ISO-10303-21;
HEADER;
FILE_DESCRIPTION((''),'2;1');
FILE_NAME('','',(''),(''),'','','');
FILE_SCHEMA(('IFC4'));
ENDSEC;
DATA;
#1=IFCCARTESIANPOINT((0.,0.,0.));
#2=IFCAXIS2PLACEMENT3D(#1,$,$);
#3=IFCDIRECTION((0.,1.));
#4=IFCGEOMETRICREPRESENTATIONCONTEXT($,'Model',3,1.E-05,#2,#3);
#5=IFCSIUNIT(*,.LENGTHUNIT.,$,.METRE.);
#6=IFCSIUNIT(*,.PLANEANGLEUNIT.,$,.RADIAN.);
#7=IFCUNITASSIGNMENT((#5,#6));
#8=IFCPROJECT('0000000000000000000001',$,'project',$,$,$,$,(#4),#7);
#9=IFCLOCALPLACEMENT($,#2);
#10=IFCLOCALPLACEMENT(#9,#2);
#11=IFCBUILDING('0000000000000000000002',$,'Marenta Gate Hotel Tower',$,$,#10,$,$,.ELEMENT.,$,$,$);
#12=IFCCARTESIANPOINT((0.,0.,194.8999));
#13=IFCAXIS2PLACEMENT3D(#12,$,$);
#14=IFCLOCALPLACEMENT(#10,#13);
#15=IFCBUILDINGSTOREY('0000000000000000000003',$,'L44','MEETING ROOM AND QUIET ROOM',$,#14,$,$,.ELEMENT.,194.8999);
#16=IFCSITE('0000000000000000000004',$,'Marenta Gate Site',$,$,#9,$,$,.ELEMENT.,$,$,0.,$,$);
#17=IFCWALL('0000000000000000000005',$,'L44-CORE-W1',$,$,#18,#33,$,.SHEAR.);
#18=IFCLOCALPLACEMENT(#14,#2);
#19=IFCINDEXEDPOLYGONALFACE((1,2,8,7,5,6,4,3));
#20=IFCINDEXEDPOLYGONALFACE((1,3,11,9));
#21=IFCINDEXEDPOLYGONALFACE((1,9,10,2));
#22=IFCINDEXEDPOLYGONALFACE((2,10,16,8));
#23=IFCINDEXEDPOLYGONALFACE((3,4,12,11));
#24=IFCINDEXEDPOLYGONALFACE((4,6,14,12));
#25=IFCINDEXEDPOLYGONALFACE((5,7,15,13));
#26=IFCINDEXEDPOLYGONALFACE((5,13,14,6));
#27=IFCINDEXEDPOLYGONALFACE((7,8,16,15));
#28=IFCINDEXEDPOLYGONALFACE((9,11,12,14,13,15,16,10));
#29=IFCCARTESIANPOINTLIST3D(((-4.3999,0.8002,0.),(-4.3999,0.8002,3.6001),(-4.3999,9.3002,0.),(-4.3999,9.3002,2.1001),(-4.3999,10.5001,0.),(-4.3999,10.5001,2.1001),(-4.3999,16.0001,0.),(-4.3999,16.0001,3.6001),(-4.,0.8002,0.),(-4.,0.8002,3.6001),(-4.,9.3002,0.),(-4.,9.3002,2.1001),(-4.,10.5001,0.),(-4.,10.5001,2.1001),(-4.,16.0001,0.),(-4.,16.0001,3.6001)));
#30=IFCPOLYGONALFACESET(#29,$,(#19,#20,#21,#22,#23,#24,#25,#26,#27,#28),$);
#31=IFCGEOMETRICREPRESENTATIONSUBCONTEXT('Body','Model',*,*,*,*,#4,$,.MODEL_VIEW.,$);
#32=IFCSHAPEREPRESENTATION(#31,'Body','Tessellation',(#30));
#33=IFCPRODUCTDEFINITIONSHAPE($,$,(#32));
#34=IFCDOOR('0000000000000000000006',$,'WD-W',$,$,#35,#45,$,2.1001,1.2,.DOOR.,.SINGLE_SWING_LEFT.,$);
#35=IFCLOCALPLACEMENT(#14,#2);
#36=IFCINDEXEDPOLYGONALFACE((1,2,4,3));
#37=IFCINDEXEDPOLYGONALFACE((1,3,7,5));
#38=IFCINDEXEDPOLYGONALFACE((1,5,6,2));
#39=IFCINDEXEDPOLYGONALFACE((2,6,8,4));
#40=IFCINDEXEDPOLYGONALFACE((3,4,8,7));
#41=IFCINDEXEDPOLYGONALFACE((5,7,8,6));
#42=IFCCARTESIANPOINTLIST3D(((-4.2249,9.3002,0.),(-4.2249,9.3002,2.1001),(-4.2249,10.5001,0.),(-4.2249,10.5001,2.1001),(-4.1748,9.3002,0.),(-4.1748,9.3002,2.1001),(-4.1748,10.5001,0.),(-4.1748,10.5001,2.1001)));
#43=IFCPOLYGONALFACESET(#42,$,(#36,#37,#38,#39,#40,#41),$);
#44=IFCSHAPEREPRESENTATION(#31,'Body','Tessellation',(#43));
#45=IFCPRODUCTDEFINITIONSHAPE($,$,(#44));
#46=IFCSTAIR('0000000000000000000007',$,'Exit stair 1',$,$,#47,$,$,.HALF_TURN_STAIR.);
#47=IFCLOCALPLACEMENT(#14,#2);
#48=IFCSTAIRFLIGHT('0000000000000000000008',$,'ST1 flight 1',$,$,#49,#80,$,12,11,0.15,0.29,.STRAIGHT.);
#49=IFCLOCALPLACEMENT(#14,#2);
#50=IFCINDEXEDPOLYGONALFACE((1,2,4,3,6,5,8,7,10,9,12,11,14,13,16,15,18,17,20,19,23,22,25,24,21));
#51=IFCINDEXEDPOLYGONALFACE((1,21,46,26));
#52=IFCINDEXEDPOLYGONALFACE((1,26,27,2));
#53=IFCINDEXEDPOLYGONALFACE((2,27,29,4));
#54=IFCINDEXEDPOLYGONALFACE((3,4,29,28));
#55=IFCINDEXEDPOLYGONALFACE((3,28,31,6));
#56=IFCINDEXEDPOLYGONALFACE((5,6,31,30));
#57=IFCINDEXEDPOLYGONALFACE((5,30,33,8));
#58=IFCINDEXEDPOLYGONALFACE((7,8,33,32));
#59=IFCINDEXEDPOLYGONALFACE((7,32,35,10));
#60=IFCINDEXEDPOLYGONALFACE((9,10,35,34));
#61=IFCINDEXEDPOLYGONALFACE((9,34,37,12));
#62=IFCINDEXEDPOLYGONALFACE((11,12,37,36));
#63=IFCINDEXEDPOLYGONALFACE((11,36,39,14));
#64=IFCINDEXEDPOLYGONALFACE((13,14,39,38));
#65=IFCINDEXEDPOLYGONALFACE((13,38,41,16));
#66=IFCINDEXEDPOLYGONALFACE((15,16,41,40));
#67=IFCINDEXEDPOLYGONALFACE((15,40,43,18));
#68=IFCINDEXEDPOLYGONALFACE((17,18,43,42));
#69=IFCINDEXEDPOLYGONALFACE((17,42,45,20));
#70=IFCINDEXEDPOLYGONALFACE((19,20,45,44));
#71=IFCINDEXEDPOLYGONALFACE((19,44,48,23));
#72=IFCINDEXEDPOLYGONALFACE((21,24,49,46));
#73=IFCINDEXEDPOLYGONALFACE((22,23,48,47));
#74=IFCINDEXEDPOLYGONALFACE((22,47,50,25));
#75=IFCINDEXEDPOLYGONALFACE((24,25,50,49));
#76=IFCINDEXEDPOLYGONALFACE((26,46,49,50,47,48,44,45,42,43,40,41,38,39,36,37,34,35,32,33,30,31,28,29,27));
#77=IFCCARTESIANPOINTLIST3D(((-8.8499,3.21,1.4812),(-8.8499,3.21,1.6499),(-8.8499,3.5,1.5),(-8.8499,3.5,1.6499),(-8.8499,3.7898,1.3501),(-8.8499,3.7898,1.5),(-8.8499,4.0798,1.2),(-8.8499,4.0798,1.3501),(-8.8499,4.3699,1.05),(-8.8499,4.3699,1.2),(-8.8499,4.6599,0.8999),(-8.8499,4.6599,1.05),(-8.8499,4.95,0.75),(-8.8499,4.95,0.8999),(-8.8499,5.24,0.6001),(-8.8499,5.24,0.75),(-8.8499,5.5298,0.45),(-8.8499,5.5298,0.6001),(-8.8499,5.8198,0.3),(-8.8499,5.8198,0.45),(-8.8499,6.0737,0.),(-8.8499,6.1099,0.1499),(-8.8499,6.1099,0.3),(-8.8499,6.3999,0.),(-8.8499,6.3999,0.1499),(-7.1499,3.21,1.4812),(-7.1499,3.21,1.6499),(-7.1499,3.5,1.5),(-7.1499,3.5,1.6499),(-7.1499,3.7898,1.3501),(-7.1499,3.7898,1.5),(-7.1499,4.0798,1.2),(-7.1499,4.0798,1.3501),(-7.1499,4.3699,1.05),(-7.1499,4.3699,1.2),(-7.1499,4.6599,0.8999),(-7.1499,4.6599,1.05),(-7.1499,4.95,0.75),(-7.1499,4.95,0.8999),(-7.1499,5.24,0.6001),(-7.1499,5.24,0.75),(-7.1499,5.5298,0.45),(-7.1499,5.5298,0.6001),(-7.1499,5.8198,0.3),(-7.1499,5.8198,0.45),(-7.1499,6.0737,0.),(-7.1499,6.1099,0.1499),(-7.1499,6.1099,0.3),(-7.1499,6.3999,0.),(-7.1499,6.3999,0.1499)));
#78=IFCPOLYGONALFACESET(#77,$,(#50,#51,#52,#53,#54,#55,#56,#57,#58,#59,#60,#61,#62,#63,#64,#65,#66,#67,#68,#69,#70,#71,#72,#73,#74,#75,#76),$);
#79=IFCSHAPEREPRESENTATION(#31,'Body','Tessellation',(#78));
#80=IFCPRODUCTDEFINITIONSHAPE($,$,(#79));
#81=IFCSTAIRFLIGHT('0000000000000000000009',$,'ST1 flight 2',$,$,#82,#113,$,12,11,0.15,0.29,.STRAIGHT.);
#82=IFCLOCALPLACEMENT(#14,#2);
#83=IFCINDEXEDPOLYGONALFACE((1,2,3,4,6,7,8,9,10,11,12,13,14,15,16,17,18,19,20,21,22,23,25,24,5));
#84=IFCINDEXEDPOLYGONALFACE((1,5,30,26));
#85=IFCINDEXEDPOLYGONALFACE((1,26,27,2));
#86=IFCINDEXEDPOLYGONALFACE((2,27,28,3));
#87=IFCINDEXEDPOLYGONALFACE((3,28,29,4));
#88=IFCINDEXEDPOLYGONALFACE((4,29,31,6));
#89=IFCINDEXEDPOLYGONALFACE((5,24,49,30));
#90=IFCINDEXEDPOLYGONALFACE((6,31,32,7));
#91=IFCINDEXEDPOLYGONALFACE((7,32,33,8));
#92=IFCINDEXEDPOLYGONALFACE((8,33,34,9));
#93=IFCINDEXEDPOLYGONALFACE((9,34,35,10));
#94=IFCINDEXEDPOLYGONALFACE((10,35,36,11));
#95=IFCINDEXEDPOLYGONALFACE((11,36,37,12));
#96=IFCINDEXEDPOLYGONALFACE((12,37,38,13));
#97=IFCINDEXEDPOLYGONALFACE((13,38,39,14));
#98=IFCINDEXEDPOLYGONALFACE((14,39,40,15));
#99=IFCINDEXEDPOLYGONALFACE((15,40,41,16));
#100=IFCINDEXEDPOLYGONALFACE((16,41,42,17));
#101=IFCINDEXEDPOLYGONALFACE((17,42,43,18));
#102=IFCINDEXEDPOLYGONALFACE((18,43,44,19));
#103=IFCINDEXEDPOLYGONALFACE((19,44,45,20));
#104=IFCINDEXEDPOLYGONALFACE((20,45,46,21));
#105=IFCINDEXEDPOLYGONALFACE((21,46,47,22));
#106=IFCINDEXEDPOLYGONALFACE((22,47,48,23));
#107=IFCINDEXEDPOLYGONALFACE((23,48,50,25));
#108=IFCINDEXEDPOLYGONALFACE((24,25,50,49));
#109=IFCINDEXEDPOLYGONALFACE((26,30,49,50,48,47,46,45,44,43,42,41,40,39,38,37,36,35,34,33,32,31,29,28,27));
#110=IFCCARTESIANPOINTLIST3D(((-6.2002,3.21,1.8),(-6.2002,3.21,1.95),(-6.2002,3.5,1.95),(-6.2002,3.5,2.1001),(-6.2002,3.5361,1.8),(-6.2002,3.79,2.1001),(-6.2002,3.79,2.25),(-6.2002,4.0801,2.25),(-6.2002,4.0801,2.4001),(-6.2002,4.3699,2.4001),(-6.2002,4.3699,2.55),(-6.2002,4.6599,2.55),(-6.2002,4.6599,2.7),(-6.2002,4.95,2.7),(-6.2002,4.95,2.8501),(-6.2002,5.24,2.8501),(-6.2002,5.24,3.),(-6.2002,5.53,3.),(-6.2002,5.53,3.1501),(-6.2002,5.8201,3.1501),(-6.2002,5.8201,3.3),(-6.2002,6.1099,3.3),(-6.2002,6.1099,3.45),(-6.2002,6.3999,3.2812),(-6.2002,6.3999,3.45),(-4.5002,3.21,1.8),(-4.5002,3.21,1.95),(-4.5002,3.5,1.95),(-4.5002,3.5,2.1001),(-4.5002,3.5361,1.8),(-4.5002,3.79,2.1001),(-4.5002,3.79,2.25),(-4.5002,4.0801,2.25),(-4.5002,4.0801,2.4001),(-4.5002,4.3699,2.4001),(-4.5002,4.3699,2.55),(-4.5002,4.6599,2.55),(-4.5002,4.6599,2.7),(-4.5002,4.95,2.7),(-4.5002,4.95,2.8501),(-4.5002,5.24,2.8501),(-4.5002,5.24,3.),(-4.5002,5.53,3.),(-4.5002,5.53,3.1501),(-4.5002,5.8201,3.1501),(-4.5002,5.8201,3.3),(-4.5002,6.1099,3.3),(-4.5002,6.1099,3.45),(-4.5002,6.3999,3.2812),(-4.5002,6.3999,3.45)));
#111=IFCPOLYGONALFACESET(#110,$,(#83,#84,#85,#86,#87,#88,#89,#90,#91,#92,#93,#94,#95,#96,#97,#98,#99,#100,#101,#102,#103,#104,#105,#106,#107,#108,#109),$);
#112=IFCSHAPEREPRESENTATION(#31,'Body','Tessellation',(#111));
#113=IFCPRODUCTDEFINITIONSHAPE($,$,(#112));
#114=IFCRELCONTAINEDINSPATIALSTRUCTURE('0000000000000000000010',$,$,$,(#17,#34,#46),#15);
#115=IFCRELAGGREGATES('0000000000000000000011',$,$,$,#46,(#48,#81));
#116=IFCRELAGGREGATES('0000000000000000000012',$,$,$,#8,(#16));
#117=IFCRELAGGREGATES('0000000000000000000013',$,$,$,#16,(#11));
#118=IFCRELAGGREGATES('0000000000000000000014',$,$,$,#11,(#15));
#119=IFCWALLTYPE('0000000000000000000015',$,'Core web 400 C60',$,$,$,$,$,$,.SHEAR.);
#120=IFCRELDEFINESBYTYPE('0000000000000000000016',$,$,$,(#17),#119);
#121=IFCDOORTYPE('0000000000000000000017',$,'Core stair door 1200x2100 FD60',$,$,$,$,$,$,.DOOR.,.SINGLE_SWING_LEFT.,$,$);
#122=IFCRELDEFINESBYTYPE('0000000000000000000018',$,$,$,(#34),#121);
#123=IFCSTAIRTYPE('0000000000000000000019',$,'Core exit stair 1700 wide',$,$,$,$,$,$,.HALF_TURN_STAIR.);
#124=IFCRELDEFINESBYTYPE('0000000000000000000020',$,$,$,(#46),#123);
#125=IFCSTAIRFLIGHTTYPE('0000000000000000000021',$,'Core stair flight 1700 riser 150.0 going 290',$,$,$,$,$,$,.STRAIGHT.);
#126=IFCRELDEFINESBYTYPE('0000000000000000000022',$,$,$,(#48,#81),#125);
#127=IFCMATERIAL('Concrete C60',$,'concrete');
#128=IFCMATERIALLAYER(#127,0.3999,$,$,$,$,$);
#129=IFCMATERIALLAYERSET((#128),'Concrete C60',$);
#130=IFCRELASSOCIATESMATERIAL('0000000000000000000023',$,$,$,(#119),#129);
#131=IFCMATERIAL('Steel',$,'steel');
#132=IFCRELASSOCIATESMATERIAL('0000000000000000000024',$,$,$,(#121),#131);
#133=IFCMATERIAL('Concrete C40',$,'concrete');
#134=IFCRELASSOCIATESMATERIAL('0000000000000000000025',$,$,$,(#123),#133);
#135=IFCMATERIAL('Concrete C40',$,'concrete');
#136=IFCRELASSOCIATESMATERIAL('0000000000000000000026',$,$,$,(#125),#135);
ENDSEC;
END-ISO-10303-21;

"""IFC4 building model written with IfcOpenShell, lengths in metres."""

from ifc_helpers import new_model, si_unit, direction, frame, frame_2d, origin, place, context, subcontext, project, spatial, polyline, rectangle, outline, extrude, material, layer, layer_set, type_object, element, fill, aggregate, save


model = new_model("IFC4")

# Units and contexts
model_context = context("Model", 3, precision=1e-05, world=origin(), true_north=direction((0.0, 1.0)))
body_context = subcontext(model_context, "Body", "Model", "MODEL_VIEW")
ifc_project = project(units=[si_unit("LENGTHUNIT", "METRE"), si_unit("PLANEANGLEUNIT", "RADIAN")], contexts=[model_context])

# Site, building, storey
site_placement = place(None, origin())
site = spatial("IfcSite", under=ifc_project, at=site_placement, Name="Marenta Gate Site", CompositionType="ELEMENT", RefElevation=0.0)
building_placement = place(site_placement, origin())
building = spatial("IfcBuilding", under=site, at=building_placement, Name="Marenta Gate Hotel Tower", CompositionType="ELEMENT")
storey_placement = place(building_placement, frame((0.0, 0.0, 194.8999)))
storey = spatial("IfcBuildingStorey", under=building, at=storey_placement, Name="L44", Description="MEETING ROOM AND QUIET ROOM", CompositionType="ELEMENT", Elevation=194.8999)

# Wall, opening, door
ifc_material_1 = material(Name="Concrete C60", Category="concrete")
ifc_layer_1 = layer(ifc_material_1, 0.3999)
ifc_layer_set_1 = layer_set([ifc_layer_1], Name="Concrete C60")
wall_type_1 = type_object("IfcWallType", Name="Core web 400 C60", PredefinedType="SHEAR", material=ifc_layer_set_1)
wall_1_placement = place(storey_placement, frame((-4.2, 0.8, 0.0), z_axis=(0.0, 0.0, 1.0), x_axis=(0.0, 1.0, 0.0)))
wall_1 = element("IfcWall", 1, at=wall_1_placement, inside=storey, type_object=wall_type_1, Name="L44-CORE-W1", PredefinedType="SHEAR", context=body_context, shape_type="SweptSolid", body=[
    extrude(rectangle(XDim=15.2, YDim=0.3999, at=frame_2d((7.6001, 0.0))), origin(), (0.0, 0.0, 1.0), 3.6001),
])
opening_1_placement = place(wall_1_placement, frame((8.5, 0.0, 0.0)))
opening_1 = element("IfcOpeningElement", 2, at=opening_1_placement, cuts=wall_1, PredefinedType="OPENING", context=body_context, shape_type="SweptSolid", body=[
    extrude(rectangle(XDim=1.2, YDim=2.1001, at=frame_2d((0.6001, 1.05))), frame((0.0, 0.2, 0.0), z_axis=(0.0, -1.0, 0.0), x_axis=(1.0, 0.0, 0.0)), (0.0, 0.0, 1.0), 0.3999),
])
ifc_material_2 = material(Name="Steel", Category="steel")
door_type_1 = type_object("IfcDoorType", Name="Core stair door 1200x2100 FD60", OperationType="SINGLE_SWING_LEFT", PredefinedType="DOOR", material=ifc_material_2)
door_1_placement = place(opening_1_placement, origin())
door_1 = element("IfcDoor", 3, at=door_1_placement, inside=storey, type_object=door_type_1, Name="WD-W", OperationType="SINGLE_SWING_LEFT", OverallHeight=2.1001, OverallWidth=1.2, PredefinedType="DOOR", context=body_context, shape_type="SweptSolid", body=[
    extrude(rectangle(XDim=1.2, YDim=2.1001, at=frame_2d((0.6001, 1.05))), frame((0.0, 0.0249, 0.0), z_axis=(0.0, -1.0, 0.0), x_axis=(1.0, 0.0, 0.0)), (0.0, 0.0, 1.0), 0.05),
])
fill(opening_1, door_1)

# Stair, stair flights
ifc_material_3 = material(Name="Concrete C40", Category="concrete")
stair_type = type_object("IfcStairType", Name="Core exit stair 1700 wide", PredefinedType="HALF_TURN_STAIR", material=ifc_material_3)
stair_placement = place(storey_placement, origin())
stair = element("IfcStair", 4, at=stair_placement, inside=storey, type_object=stair_type, Name="Exit stair 1", PredefinedType="HALF_TURN_STAIR")
ifc_material_4 = material(Name="Concrete C40", Category="concrete")
stair_flight_type = type_object("IfcStairFlightType", Name="Core stair flight 1700 riser 150.0 going 290", PredefinedType="STRAIGHT", material=ifc_material_4)
stair_flight_1_placement = place(storey_placement, frame((-8.0, 6.3999, 0.0), z_axis=(0.0, 0.0, 1.0), x_axis=(0.0, -1.0, 0.0)))
stair_flight_1 = element("IfcStairFlight", 5, at=stair_flight_1_placement, type_object=stair_flight_type, Name="ST1 flight 1", NumberOfRisers=12, NumberOfTreads=11, PredefinedType="STRAIGHT", RiserHeight=0.15, TreadLength=0.29, context=body_context, shape_type="SweptSolid", body=[
    extrude(outline(polyline([(0.0, 0.0), (0.0, 0.1499), (0.29, 0.1499), (0.29, 0.3), (0.5801, 0.3), (0.5801, 0.45), (0.8701, 0.45), (0.8701, 0.6001), (1.1599, 0.6001), (1.1599, 0.75), (1.45, 0.75), (1.45, 0.8999), (1.74, 0.8999), (1.74, 1.05), (2.03, 1.05), (2.03, 1.2), (2.3201, 1.2), (2.3201, 1.3501), (2.6101, 1.3501), (2.6101, 1.5), (2.8999, 1.5), (2.8999, 1.6499), (3.1899, 1.6499), (3.1899, 1.8), (3.1899, 1.4812), (0.3262, 0.0), (0.0, 0.0)])), frame((0.0, 0.8501, 0.0), z_axis=(0.0, -1.0, 0.0), x_axis=(1.0, 0.0, 0.0)), (0.0, 0.0, 1.0), 1.7),
])
stair_flight_2_placement = place(storey_placement, frame((-5.3501, 3.21, 1.8), z_axis=(0.0, 0.0, 1.0), x_axis=(0.0, 1.0, 0.0)))
stair_flight_2 = element("IfcStairFlight", 6, at=stair_flight_2_placement, type_object=stair_flight_type, Name="ST1 flight 2", NumberOfRisers=12, NumberOfTreads=11, PredefinedType="STRAIGHT", RiserHeight=0.15, TreadLength=0.29, context=body_context, shape_type="SweptSolid", body=[
    extrude(outline(polyline([(0.0, 0.0), (0.0, 0.1499), (0.29, 0.1499), (0.29, 0.3), (0.5801, 0.3), (0.5801, 0.45), (0.8701, 0.45), (0.8701, 0.6001), (1.1599, 0.6001), (1.1599, 0.75), (1.45, 0.75), (1.45, 0.8999), (1.74, 0.8999), (1.74, 1.05), (2.03, 1.05), (2.03, 1.2), (2.3201, 1.2), (2.3201, 1.3501), (2.6101, 1.3501), (2.6101, 1.5), (2.8999, 1.5), (2.8999, 1.6499), (3.1899, 1.6499), (3.1899, 1.8), (3.1899, 1.4812), (0.3262, 0.0), (0.0, 0.0)])), frame((0.0, 0.8501, 0.0), z_axis=(0.0, -1.0, 0.0), x_axis=(1.0, 0.0, 0.0)), (0.0, 0.0, 1.0), 1.7),
])
aggregate(stair, [stair_flight_1, stair_flight_2])

save(model, "model.ifc")
